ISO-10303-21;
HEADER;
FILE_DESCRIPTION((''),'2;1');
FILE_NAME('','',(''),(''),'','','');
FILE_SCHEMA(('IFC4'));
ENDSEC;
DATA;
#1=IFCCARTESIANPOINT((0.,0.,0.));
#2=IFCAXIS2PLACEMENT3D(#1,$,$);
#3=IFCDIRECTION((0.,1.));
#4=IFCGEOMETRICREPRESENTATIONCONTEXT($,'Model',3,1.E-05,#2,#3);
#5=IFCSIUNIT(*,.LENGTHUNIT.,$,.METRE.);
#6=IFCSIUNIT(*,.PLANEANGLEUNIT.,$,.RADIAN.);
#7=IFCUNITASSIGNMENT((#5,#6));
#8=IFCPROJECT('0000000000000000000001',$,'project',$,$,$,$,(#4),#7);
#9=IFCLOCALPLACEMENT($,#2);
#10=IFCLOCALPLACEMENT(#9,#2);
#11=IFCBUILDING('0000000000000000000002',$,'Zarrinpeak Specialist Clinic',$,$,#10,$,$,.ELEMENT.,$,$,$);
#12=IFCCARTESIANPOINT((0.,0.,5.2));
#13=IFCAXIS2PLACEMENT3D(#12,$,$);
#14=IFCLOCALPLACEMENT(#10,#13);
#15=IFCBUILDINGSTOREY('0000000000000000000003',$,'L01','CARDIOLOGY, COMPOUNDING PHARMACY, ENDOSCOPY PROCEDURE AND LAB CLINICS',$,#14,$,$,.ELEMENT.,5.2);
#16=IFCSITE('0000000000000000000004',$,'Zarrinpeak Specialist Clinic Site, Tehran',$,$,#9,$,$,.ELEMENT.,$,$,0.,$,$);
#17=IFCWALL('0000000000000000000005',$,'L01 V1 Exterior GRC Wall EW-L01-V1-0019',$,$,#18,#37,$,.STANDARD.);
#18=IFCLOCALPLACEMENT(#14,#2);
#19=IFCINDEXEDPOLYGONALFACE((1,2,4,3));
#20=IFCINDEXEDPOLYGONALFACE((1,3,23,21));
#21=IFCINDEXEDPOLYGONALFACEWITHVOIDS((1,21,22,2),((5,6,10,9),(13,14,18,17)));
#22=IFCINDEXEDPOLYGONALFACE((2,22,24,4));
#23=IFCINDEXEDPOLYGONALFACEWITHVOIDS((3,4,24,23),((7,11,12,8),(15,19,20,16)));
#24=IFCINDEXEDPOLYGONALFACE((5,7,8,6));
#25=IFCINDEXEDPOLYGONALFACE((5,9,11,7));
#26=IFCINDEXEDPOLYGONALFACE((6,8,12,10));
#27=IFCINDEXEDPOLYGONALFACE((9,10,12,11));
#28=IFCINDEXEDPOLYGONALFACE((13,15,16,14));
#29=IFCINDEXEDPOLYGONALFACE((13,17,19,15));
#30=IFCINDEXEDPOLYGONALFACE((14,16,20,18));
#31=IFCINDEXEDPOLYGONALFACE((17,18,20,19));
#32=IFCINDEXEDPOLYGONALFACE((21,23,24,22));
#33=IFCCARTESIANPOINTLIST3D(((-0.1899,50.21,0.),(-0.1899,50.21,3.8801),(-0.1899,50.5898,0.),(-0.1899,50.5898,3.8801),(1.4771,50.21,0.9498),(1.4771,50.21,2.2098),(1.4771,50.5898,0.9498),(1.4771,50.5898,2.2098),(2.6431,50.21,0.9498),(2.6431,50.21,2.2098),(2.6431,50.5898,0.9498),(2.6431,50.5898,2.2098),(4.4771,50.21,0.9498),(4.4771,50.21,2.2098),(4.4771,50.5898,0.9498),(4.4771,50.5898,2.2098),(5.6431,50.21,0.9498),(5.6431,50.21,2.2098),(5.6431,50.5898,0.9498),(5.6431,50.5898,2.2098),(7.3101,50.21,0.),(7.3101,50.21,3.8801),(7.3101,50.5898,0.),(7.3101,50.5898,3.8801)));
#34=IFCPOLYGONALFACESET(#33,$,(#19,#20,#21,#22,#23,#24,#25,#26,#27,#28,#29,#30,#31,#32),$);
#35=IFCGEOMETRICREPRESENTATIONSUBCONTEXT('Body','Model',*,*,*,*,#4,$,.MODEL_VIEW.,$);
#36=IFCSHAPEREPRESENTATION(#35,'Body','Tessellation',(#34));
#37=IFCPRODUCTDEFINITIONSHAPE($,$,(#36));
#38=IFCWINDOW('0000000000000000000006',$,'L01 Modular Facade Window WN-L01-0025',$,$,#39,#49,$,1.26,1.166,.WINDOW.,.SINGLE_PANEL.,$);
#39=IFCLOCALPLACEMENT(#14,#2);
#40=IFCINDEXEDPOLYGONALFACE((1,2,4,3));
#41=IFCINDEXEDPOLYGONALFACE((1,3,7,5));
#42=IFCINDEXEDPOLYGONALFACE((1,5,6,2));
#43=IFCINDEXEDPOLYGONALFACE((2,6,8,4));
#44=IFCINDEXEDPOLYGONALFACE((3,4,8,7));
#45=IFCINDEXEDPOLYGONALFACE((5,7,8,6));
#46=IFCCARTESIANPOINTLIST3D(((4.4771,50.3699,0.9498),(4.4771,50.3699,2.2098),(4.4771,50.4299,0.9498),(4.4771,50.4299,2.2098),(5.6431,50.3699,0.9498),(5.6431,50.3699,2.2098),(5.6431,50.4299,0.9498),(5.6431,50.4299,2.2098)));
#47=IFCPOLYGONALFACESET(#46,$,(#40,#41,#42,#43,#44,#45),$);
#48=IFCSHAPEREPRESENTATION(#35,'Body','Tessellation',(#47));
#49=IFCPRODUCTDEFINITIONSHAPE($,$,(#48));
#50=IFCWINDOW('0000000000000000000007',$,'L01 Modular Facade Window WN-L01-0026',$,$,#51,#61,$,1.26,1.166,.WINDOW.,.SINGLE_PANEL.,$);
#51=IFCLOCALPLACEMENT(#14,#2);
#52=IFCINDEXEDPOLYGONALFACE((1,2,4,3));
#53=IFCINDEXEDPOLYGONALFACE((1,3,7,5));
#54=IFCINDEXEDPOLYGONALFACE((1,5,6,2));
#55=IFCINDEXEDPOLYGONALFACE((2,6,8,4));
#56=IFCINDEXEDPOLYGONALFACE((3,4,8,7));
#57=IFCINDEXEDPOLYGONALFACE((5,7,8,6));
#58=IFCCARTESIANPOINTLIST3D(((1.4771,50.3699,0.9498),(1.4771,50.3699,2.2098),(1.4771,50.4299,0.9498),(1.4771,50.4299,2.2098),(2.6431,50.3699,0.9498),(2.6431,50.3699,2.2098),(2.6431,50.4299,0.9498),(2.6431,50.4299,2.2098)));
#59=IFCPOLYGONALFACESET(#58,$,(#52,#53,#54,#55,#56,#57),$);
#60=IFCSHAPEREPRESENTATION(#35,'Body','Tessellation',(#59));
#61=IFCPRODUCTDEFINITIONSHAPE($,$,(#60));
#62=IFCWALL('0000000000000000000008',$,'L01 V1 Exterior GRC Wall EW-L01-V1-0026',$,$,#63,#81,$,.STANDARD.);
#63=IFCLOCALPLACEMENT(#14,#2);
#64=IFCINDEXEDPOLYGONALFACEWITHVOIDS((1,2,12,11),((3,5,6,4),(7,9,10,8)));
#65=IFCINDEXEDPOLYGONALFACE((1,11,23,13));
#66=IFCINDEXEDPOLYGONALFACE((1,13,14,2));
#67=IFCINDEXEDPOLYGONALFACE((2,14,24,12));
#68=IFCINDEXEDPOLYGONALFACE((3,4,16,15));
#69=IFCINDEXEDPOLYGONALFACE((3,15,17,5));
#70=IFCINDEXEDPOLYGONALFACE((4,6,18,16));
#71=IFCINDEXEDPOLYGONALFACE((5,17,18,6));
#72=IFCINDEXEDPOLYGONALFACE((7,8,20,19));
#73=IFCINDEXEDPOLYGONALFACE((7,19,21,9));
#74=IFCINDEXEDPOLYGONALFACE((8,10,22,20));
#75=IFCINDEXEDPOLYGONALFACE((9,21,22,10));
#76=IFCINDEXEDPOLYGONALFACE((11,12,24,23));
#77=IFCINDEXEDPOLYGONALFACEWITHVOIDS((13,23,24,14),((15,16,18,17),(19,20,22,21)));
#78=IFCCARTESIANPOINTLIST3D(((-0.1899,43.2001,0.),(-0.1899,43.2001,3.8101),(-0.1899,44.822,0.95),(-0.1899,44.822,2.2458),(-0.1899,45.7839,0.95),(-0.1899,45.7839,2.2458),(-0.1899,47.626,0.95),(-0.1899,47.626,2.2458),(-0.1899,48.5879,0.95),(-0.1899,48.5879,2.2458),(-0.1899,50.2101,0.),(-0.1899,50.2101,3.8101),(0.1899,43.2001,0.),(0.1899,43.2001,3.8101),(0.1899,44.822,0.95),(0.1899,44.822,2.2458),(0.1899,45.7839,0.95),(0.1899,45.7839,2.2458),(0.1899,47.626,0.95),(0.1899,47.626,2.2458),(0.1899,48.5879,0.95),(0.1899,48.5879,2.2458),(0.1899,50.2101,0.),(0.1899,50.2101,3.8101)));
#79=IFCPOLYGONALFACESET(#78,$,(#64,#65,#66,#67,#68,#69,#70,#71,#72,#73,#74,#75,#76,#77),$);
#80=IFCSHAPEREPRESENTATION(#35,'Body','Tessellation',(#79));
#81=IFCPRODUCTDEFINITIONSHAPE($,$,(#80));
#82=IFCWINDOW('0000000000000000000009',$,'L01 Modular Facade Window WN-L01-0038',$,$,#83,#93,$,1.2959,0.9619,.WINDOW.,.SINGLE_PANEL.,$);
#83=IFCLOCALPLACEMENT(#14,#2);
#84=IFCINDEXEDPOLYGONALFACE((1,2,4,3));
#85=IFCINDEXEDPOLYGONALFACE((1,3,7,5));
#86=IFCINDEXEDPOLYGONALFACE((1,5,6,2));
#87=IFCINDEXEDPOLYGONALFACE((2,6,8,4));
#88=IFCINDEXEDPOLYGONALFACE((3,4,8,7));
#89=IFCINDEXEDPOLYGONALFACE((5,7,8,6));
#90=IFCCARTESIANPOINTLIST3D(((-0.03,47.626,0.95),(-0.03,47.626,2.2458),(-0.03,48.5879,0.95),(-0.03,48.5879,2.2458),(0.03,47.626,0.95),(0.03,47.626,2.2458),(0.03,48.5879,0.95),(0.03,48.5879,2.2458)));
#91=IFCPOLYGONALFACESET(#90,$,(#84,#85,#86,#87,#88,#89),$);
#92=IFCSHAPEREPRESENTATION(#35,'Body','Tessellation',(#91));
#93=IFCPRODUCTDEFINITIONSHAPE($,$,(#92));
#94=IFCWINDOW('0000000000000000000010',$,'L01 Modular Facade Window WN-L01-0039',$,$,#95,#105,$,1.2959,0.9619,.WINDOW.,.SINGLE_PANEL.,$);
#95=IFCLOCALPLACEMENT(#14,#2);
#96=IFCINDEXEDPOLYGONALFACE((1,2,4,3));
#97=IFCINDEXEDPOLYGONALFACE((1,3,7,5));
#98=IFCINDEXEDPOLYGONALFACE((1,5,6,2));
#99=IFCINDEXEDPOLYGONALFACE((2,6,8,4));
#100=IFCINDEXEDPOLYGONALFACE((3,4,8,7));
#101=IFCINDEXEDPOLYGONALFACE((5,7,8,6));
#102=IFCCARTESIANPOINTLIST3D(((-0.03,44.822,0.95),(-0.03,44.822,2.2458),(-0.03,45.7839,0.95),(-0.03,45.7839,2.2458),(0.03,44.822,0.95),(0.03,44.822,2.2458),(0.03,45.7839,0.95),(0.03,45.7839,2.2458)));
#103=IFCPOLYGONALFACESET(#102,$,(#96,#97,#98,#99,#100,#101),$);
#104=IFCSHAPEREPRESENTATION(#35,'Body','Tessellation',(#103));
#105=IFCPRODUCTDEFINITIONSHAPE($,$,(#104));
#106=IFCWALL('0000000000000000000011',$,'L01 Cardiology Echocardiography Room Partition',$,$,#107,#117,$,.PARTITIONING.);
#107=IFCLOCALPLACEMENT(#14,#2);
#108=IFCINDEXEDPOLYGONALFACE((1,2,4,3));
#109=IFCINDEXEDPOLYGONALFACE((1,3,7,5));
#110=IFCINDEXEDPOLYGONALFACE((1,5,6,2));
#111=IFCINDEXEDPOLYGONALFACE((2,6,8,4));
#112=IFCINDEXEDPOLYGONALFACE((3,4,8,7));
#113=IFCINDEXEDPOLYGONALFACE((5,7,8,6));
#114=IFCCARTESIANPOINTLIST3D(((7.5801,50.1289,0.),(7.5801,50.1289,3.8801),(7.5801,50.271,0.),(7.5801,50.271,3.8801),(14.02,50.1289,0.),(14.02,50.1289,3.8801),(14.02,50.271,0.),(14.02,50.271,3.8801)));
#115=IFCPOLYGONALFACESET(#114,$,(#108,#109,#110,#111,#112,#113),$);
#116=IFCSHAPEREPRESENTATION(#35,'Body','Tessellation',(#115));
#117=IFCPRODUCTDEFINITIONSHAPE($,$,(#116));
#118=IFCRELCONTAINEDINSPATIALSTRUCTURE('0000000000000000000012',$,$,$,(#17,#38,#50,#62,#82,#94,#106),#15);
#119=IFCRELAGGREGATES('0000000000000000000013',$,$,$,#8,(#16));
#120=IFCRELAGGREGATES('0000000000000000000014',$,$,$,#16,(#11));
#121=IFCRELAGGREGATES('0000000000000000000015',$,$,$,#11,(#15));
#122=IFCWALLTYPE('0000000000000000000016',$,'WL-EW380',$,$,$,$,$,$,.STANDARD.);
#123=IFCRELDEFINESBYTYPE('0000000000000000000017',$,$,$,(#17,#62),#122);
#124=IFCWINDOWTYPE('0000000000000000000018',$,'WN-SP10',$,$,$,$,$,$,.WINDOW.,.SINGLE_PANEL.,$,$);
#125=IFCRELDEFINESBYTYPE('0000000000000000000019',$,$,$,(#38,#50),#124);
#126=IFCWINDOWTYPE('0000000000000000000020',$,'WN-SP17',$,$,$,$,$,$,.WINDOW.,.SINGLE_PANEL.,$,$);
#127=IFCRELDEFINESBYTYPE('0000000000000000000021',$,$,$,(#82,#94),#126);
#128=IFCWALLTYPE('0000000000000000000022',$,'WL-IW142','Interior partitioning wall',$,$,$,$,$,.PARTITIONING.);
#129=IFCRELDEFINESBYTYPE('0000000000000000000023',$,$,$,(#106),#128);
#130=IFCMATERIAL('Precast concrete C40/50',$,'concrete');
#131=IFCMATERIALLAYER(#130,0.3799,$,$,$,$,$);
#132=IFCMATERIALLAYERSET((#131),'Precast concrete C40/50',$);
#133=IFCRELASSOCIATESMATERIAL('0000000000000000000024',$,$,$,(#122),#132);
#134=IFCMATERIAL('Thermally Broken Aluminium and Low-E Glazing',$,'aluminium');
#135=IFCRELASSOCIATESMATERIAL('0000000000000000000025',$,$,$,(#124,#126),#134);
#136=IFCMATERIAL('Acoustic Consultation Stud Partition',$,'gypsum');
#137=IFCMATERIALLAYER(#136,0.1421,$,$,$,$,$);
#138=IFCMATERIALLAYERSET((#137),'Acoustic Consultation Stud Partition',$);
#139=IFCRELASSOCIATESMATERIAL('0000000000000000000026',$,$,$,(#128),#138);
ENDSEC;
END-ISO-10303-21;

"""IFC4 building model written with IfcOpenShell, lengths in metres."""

from ifc_helpers import new_model, si_unit, direction, frame, frame_2d, origin, place, context, subcontext, project, spatial, rectangle, extrude, material, layer, layer_set, type_object, element, fill, save


model = new_model("IFC4")

# Units and contexts
model_context = context("Model", 3, precision=1e-05, world=origin(), true_north=direction((0.0, 1.0)))
body_context = subcontext(model_context, "Body", "Model", "MODEL_VIEW")
ifc_project = project(units=[si_unit("LENGTHUNIT", "METRE"), si_unit("PLANEANGLEUNIT", "RADIAN")], contexts=[model_context])

# Site, building, storey
site_placement = place(None, origin())
site = spatial("IfcSite", under=ifc_project, at=site_placement, Name="Zarrinpeak Specialist Clinic Site, Tehran", CompositionType="ELEMENT", RefElevation=0.0)
building_placement = place(site_placement, origin())
building = spatial("IfcBuilding", under=site, at=building_placement, Name="Zarrinpeak Specialist Clinic", CompositionType="ELEMENT")
storey_placement = place(building_placement, frame((0.0, 0.0, 5.2)))
storey = spatial("IfcBuildingStorey", under=building, at=storey_placement, Name="L01", Description="CARDIOLOGY, COMPOUNDING PHARMACY, ENDOSCOPY PROCEDURE AND LAB CLINICS", CompositionType="ELEMENT", Elevation=5.2)

# Walls, openings, windows
ifc_material_1 = material(Name="Precast concrete C40/50", Category="concrete")
ifc_layer_1 = layer(ifc_material_1, 0.3799)
ifc_layer_set_1 = layer_set([ifc_layer_1], Name="Precast concrete C40/50")
wall_type_1 = type_object("IfcWallType", Name="WL-EW380", PredefinedType="STANDARD", material=ifc_layer_set_1)
wall_1_placement = place(storey_placement, frame((7.3101, 50.3999, 0.0), z_axis=(0.0, 0.0, 1.0), x_axis=(-1.0, 0.0, 0.0)))
wall_1 = element("IfcWall", 1, at=wall_1_placement, inside=storey, type_object=wall_type_1, Name="L01 V1 Exterior GRC Wall EW-L01-V1-0019", PredefinedType="STANDARD", context=body_context, shape_type="SweptSolid", body=[
    extrude(rectangle(XDim=7.5, YDim=0.3799, at=frame_2d((3.75, 0.0))), origin(), (0.0, 0.0, 1.0), 3.8801),
])
opening_1_placement = place(wall_1_placement, frame((1.667, 0.0, 0.95)))
opening_1 = element("IfcOpeningElement", 2, at=opening_1_placement, cuts=wall_1, PredefinedType="OPENING", context=body_context, shape_type="SweptSolid", body=[
    extrude(rectangle(XDim=1.166, YDim=1.26, at=frame_2d((0.583, 0.6299))), frame((0.0, 0.2, 0.0), z_axis=(0.0, -1.0, 0.0), x_axis=(1.0, 0.0, 0.0)), (0.0, 0.0, 1.0), 0.3999),
])
opening_2_placement = place(wall_1_placement, frame((4.667, 0.0, 0.95)))
opening_2 = element("IfcOpeningElement", 3, at=opening_2_placement, cuts=wall_1, PredefinedType="OPENING", context=body_context, shape_type="SweptSolid", body=[
    extrude(rectangle(XDim=1.166, YDim=1.26, at=frame_2d((0.583, 0.6299))), frame((0.0, 0.2, 0.0), z_axis=(0.0, -1.0, 0.0), x_axis=(1.0, 0.0, 0.0)), (0.0, 0.0, 1.0), 0.3999),
])
ifc_material_2 = material(Name="Thermally Broken Aluminium and Low-E Glazing", Category="aluminium")
window_type_1 = type_object("IfcWindowType", Name="WN-SP10", PartitioningType="SINGLE_PANEL", PredefinedType="WINDOW", material=ifc_material_2)
window_1_placement = place(opening_1_placement, origin())
window_1 = element("IfcWindow", 4, at=window_1_placement, inside=storey, type_object=window_type_1, Name="L01 Modular Facade Window WN-L01-0025", OverallHeight=1.26, OverallWidth=1.166, PartitioningType="SINGLE_PANEL", PredefinedType="WINDOW", context=body_context, shape_type="SweptSolid", body=[
    extrude(rectangle(XDim=1.166, YDim=1.26, at=frame_2d((0.583, 0.6299))), frame((0.0, 0.03, 0.0), z_axis=(0.0, -1.0, 0.0), x_axis=(1.0, 0.0, 0.0)), (0.0, 0.0, 1.0), 0.0601),
])
fill(opening_1, window_1)
window_2_placement = place(opening_2_placement, origin())
window_2 = element("IfcWindow", 5, at=window_2_placement, inside=storey, type_object=window_type_1, Name="L01 Modular Facade Window WN-L01-0026", OverallHeight=1.26, OverallWidth=1.166, PartitioningType="SINGLE_PANEL", PredefinedType="WINDOW", context=body_context, shape_type="SweptSolid", body=[
    extrude(rectangle(XDim=1.166, YDim=1.26, at=frame_2d((0.583, 0.6299))), frame((0.0, 0.03, 0.0), z_axis=(0.0, -1.0, 0.0), x_axis=(1.0, 0.0, 0.0)), (0.0, 0.0, 1.0), 0.0601),
])
fill(opening_2, window_2)
wall_2_placement = place(storey_placement, frame((0.0, 50.21, 0.0), z_axis=(0.0, 0.0, 1.0), x_axis=(0.0, -1.0, 0.0)))
wall_2 = element("IfcWall", 6, at=wall_2_placement, inside=storey, type_object=wall_type_1, Name="L01 V1 Exterior GRC Wall EW-L01-V1-0026", PredefinedType="STANDARD", context=body_context, shape_type="SweptSolid", body=[
    extrude(rectangle(XDim=7.01, YDim=0.3799, at=frame_2d((3.5049, 0.0))), origin(), (0.0, 0.0, 1.0), 3.8101),
])
opening_3_placement = place(wall_2_placement, frame((1.6221, 0.0, 0.95)))
opening_3 = element("IfcOpeningElement", 7, at=opening_3_placement, cuts=wall_2, PredefinedType="OPENING", context=body_context, shape_type="SweptSolid", body=[
    extrude(rectangle(XDim=0.9619, YDim=1.2959, at=frame_2d((0.481, 0.6479))), frame((0.0, 0.2, 0.0), z_axis=(0.0, -1.0, 0.0), x_axis=(1.0, 0.0, 0.0)), (0.0, 0.0, 1.0), 0.3999),
])
opening_4_placement = place(wall_2_placement, frame((4.426, 0.0, 0.95)))
opening_4 = element("IfcOpeningElement", 8, at=opening_4_placement, cuts=wall_2, PredefinedType="OPENING", context=body_context, shape_type="SweptSolid", body=[
    extrude(rectangle(XDim=0.9619, YDim=1.2959, at=frame_2d((0.481, 0.6479))), frame((0.0, 0.2, 0.0), z_axis=(0.0, -1.0, 0.0), x_axis=(1.0, 0.0, 0.0)), (0.0, 0.0, 1.0), 0.3999),
])
window_type_2 = type_object("IfcWindowType", Name="WN-SP17", PartitioningType="SINGLE_PANEL", PredefinedType="WINDOW", material=ifc_material_2)
window_3_placement = place(opening_3_placement, origin())
window_3 = element("IfcWindow", 9, at=window_3_placement, inside=storey, type_object=window_type_2, Name="L01 Modular Facade Window WN-L01-0038", OverallHeight=1.2959, OverallWidth=0.9619, PartitioningType="SINGLE_PANEL", PredefinedType="WINDOW", context=body_context, shape_type="SweptSolid", body=[
    extrude(rectangle(XDim=0.9619, YDim=1.2959, at=frame_2d((0.481, 0.6479))), frame((0.0, 0.03, 0.0), z_axis=(0.0, -1.0, 0.0), x_axis=(1.0, 0.0, 0.0)), (0.0, 0.0, 1.0), 0.0601),
])
fill(opening_3, window_3)
window_4_placement = place(opening_4_placement, origin())
window_4 = element("IfcWindow", 10, at=window_4_placement, inside=storey, type_object=window_type_2, Name="L01 Modular Facade Window WN-L01-0039", OverallHeight=1.2959, OverallWidth=0.9619, PartitioningType="SINGLE_PANEL", PredefinedType="WINDOW", context=body_context, shape_type="SweptSolid", body=[
    extrude(rectangle(XDim=0.9619, YDim=1.2959, at=frame_2d((0.481, 0.6479))), frame((0.0, 0.03, 0.0), z_axis=(0.0, -1.0, 0.0), x_axis=(1.0, 0.0, 0.0)), (0.0, 0.0, 1.0), 0.0601),
])
fill(opening_4, window_4)

# Wall
ifc_material_3 = material(Name="Acoustic Consultation Stud Partition", Category="gypsum")
ifc_layer_2 = layer(ifc_material_3, 0.1421)
ifc_layer_set_2 = layer_set([ifc_layer_2], Name="Acoustic Consultation Stud Partition")
wall_type_2 = type_object("IfcWallType", Name="WL-IW142", Description="Interior partitioning wall", PredefinedType="PARTITIONING", material=ifc_layer_set_2)
wall_3_placement = place(storey_placement, frame((7.5801, 50.2, 0.0), z_axis=(0.0, 0.0, 1.0), x_axis=(1.0, 0.0, 0.0)))
element("IfcWall", 11, at=wall_3_placement, inside=storey, type_object=wall_type_2, Name="L01 Cardiology Echocardiography Room Partition", PredefinedType="PARTITIONING", context=body_context, shape_type="SweptSolid", body=[
    extrude(rectangle(XDim=6.4399, YDim=0.1421, at=frame_2d((3.22, 0.0))), origin(), (0.0, 0.0, 1.0), 3.8801),
])

save(model, "model.ifc")
